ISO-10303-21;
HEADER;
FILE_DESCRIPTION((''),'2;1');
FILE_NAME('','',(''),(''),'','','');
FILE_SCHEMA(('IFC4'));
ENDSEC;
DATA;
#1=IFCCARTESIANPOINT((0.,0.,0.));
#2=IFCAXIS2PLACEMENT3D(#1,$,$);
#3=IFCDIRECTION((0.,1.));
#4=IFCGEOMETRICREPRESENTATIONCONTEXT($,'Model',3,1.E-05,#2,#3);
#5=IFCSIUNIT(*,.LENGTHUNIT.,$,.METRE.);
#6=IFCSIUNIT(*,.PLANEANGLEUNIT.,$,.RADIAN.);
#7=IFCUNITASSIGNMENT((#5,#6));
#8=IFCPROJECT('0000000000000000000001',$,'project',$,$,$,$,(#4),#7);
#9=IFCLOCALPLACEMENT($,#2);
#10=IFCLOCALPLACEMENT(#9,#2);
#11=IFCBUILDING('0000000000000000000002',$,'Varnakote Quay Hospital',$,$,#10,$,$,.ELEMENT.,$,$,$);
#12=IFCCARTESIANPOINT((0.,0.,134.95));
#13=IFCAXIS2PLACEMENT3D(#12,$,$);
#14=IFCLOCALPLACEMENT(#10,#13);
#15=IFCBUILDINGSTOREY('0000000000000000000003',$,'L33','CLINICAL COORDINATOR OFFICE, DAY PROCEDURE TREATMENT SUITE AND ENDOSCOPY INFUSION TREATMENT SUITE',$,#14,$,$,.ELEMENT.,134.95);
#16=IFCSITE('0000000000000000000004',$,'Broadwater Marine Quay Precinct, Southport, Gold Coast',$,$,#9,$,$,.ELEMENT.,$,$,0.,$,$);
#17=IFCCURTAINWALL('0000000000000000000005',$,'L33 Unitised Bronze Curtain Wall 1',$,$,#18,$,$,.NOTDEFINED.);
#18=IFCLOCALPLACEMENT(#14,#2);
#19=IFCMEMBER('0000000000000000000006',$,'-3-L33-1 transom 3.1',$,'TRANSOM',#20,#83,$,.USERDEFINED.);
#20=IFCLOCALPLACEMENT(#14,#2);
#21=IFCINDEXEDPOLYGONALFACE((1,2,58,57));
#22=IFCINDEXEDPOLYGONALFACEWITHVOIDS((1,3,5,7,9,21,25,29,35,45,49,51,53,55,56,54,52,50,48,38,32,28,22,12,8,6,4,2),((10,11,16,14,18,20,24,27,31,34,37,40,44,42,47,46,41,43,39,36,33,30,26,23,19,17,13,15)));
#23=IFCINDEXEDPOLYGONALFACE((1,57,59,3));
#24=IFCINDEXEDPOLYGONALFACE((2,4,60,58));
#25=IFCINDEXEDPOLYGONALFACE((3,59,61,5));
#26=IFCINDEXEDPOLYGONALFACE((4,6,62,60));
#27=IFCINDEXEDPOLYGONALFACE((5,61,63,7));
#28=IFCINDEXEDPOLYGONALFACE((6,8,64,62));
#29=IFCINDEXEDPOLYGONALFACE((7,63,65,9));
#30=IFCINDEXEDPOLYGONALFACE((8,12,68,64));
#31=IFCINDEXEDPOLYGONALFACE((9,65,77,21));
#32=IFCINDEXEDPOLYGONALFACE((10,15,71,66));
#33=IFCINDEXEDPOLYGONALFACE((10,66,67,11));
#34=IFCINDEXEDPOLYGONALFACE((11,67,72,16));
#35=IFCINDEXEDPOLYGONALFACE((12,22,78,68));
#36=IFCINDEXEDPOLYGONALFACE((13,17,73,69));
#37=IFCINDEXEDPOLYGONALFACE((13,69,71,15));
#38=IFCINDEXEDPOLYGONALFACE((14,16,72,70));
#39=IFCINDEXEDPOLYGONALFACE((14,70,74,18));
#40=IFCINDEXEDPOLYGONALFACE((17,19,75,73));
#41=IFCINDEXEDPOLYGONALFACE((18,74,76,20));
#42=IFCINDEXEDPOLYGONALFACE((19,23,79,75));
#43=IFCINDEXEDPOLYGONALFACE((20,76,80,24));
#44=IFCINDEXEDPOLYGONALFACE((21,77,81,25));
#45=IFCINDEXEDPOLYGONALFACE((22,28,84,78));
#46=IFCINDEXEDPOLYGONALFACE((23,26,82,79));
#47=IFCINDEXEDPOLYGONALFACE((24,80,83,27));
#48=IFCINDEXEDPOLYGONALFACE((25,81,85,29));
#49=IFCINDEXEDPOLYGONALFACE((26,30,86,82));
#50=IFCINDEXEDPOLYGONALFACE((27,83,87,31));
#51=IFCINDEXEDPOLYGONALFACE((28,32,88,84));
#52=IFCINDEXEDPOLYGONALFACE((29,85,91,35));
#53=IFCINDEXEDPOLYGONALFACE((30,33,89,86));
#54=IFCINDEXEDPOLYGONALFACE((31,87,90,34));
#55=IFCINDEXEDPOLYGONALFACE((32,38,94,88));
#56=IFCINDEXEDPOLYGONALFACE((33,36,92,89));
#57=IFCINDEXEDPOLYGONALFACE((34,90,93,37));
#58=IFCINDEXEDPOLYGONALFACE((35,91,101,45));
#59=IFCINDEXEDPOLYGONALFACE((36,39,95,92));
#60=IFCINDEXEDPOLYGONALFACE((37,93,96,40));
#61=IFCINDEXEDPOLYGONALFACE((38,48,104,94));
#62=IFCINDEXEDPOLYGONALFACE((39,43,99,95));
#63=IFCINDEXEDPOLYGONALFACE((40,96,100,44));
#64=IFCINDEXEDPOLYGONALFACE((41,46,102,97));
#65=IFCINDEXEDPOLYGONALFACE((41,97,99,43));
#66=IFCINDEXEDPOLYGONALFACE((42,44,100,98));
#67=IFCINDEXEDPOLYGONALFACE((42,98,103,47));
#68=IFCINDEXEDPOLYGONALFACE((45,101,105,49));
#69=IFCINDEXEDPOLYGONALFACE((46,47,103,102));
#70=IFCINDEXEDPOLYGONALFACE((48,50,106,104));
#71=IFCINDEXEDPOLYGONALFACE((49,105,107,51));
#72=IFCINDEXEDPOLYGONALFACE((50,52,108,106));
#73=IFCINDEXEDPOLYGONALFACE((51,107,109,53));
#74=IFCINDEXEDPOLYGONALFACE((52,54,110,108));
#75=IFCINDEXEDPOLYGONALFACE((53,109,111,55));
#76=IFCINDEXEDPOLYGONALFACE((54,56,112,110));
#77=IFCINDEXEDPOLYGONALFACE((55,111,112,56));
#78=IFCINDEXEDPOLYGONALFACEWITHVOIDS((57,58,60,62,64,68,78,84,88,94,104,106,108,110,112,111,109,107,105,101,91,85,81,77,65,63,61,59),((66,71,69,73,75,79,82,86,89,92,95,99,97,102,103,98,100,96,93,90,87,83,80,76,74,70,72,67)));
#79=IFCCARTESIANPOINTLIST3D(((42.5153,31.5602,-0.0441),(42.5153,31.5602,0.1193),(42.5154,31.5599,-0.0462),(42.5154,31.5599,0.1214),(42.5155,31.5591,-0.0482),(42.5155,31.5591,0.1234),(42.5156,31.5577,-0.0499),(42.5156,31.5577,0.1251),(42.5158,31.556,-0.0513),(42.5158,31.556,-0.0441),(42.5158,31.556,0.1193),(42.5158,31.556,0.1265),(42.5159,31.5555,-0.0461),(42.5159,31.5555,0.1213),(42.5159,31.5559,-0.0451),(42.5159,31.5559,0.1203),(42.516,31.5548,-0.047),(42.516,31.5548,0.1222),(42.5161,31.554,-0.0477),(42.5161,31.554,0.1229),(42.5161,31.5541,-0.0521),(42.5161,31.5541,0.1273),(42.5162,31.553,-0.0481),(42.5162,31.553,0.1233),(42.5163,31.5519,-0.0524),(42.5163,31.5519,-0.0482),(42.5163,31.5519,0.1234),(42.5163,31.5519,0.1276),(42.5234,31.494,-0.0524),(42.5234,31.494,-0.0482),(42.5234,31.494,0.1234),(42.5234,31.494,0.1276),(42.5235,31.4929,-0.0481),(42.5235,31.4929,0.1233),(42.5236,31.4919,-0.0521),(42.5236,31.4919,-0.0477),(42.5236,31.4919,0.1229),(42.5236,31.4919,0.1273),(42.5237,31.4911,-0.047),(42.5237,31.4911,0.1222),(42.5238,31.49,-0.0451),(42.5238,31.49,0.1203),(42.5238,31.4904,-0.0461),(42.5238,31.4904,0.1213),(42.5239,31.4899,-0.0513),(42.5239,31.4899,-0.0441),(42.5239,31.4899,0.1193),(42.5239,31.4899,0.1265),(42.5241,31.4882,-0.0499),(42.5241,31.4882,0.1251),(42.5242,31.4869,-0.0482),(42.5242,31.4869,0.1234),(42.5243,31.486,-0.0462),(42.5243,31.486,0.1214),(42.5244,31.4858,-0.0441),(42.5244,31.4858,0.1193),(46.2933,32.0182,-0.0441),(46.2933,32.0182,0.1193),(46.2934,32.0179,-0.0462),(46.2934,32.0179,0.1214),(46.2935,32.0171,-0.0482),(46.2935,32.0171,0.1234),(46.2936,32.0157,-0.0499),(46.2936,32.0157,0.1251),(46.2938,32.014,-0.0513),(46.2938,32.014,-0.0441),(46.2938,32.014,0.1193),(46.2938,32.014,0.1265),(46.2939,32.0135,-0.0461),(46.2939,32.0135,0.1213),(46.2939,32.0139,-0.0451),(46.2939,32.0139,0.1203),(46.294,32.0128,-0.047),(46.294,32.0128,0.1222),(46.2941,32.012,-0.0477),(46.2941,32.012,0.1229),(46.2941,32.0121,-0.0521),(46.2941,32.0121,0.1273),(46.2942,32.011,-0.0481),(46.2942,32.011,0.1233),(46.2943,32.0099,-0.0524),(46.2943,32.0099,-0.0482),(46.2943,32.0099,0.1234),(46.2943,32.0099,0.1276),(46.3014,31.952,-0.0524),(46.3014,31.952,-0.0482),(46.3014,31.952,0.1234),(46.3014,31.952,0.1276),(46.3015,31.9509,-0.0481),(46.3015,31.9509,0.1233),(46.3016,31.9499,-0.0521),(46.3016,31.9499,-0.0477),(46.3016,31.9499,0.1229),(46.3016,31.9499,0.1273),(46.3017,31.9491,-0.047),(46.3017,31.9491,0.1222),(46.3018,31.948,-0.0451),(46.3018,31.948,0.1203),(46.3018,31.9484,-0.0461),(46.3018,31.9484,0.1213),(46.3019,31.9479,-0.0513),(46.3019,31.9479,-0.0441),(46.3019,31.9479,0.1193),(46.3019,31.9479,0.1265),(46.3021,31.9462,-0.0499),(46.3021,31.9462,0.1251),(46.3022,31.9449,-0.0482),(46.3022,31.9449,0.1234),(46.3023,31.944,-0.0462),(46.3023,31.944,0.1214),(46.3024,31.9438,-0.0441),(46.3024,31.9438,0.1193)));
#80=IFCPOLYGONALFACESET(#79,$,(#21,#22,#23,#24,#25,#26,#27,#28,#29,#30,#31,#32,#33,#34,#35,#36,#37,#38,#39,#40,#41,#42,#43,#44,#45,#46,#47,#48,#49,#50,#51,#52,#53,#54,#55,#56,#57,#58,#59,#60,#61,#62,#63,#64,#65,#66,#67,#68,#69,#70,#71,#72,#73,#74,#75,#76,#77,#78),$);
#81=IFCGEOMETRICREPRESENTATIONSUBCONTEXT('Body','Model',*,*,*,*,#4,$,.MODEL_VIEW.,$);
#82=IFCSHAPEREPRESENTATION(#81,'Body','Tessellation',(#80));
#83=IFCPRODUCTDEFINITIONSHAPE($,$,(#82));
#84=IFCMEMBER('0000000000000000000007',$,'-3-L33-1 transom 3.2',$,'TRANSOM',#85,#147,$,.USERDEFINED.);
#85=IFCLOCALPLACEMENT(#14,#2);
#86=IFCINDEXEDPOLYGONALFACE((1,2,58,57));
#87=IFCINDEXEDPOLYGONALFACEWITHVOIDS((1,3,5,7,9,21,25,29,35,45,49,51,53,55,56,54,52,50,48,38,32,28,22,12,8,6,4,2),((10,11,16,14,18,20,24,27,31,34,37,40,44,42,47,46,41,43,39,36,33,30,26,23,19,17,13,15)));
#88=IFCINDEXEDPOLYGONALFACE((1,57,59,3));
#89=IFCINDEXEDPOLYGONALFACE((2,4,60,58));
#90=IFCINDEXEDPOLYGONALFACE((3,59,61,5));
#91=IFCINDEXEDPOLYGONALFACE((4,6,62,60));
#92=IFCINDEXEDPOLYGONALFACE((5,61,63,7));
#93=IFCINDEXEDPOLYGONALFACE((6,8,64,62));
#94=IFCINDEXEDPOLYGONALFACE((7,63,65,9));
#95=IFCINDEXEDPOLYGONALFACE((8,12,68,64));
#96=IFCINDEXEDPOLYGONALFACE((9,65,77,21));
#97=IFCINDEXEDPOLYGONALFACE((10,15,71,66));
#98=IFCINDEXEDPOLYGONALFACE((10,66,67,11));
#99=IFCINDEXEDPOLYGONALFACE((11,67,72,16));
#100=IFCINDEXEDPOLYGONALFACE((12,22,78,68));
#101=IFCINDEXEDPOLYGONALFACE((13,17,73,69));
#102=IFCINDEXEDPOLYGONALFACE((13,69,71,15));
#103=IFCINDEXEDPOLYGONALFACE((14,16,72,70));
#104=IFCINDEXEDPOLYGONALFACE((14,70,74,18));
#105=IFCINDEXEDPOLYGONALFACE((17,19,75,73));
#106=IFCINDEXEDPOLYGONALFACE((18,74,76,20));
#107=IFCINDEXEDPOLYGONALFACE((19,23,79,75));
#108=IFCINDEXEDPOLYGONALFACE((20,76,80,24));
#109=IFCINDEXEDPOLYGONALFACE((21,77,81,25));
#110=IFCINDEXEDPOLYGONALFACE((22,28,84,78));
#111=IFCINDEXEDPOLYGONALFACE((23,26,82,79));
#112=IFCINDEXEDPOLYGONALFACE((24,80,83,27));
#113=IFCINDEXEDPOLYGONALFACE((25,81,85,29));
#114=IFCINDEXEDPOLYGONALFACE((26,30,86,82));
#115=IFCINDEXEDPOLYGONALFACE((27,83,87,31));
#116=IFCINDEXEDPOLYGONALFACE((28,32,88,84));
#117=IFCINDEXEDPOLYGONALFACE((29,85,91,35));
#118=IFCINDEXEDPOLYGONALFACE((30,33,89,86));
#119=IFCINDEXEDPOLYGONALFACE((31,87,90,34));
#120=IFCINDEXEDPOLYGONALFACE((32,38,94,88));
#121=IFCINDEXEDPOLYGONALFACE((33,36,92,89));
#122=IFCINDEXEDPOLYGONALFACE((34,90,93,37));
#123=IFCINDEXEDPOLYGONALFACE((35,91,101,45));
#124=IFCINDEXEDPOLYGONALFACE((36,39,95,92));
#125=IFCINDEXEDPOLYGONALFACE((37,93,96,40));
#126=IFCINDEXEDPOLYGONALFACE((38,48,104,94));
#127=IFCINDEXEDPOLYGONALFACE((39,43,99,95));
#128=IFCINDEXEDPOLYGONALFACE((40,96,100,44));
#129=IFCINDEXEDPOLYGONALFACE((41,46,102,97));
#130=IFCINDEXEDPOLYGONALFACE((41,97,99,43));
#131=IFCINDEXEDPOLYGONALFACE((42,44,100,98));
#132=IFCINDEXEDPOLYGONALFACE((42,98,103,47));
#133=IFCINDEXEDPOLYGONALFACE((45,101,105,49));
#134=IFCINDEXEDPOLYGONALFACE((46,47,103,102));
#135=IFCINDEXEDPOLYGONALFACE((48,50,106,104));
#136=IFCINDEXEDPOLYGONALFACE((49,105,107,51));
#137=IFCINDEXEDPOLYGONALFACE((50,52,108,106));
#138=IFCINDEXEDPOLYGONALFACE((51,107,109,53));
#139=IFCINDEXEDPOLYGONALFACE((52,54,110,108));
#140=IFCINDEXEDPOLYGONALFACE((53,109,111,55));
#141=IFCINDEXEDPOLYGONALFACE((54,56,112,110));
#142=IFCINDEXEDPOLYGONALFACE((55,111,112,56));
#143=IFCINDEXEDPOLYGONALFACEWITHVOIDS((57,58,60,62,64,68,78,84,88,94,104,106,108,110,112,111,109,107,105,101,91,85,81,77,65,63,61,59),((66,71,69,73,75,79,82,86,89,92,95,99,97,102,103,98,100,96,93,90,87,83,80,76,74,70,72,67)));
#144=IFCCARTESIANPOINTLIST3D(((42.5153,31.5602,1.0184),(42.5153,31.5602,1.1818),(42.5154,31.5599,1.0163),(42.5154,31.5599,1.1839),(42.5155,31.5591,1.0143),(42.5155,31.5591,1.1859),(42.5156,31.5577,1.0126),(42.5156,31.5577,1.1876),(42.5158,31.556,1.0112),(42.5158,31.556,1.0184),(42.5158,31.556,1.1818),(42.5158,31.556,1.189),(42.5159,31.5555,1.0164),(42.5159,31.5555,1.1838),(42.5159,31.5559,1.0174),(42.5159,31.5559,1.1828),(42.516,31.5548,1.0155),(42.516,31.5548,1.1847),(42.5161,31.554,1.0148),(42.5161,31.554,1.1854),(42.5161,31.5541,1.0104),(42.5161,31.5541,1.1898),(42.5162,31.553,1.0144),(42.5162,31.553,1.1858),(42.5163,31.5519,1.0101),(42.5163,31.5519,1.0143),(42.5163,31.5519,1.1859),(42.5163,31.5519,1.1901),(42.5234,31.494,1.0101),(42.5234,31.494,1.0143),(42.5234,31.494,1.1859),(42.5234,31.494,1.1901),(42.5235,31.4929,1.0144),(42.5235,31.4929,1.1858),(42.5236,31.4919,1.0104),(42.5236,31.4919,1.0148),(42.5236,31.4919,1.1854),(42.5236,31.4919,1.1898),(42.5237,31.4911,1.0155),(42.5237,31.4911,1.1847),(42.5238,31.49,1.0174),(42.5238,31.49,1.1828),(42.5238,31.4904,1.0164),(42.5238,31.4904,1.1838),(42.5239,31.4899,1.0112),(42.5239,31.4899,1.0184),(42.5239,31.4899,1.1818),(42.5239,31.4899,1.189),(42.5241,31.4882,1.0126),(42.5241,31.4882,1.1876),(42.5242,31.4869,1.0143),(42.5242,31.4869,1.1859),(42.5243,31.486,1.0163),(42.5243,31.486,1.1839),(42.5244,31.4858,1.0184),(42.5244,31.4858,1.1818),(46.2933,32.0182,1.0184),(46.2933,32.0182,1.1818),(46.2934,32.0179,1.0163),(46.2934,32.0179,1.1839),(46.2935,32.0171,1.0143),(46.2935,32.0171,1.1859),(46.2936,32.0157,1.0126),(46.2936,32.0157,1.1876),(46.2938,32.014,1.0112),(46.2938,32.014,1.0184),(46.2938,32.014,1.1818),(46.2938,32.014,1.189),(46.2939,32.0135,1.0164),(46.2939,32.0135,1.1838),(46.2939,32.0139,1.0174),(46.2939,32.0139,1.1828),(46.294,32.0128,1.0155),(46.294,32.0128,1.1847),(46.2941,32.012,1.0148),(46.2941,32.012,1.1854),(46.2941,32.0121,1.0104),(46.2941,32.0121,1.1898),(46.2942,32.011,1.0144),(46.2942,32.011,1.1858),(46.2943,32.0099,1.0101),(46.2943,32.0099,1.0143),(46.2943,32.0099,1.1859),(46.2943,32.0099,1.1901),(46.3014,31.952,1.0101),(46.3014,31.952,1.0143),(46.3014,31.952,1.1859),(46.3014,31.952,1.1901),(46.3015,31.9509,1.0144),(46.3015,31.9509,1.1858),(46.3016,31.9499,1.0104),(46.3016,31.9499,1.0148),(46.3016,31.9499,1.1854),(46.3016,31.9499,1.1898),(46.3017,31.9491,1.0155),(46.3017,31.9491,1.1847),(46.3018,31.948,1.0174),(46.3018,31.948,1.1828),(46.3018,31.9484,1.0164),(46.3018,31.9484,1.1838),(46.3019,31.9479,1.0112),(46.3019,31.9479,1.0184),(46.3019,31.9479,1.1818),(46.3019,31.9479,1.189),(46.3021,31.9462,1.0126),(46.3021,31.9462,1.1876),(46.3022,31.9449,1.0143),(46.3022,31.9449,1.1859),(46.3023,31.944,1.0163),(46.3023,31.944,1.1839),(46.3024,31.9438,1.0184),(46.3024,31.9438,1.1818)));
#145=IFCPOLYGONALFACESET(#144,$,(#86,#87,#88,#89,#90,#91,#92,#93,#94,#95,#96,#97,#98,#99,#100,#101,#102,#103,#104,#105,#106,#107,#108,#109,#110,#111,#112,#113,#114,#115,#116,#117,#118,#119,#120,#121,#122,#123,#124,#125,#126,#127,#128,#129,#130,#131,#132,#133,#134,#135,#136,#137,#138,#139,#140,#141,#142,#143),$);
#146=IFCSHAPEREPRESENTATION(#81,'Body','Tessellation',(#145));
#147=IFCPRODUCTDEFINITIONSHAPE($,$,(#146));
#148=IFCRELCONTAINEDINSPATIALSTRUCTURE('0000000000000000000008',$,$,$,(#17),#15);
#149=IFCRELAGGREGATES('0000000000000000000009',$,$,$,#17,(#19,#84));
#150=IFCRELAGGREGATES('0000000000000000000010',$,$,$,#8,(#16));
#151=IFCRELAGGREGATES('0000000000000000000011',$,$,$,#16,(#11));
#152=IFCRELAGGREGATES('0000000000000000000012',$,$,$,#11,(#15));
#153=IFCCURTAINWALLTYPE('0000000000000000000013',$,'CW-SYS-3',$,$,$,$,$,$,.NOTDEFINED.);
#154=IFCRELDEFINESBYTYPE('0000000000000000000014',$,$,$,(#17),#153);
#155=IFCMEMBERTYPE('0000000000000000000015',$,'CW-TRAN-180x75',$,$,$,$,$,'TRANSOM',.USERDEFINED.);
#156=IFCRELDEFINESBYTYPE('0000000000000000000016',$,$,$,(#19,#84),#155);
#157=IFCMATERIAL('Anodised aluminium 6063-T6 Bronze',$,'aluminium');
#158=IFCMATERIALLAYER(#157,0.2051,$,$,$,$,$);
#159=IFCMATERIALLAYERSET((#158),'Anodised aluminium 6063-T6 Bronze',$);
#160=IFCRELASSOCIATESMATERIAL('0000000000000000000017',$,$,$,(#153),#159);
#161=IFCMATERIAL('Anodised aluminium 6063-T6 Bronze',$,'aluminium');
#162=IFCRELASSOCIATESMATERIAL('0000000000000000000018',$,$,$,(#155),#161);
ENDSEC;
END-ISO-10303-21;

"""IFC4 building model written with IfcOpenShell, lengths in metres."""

from ifc_helpers import new_model, si_unit, direction, frame, origin, origin_2d, place, context, subcontext, project, spatial, hollow_rectangle, extrude, material, layer, layer_set, material_profile, profile_set, type_object, element, aggregate, save


model = new_model("IFC4")

# Units and contexts
model_context = context("Model", 3, precision=1e-05, world=origin(), true_north=direction((0.0, 1.0)))
body_context = subcontext(model_context, "Body", "Model", "MODEL_VIEW")
ifc_project = project(units=[si_unit("LENGTHUNIT", "METRE"), si_unit("PLANEANGLEUNIT", "RADIAN")], contexts=[model_context])

# Site, building, storey
site_placement = place(None, origin())
site = spatial("IfcSite", under=ifc_project, at=site_placement, Name="Broadwater Marine Quay Precinct, Southport, Gold Coast", CompositionType="ELEMENT", RefElevation=0.0)
building_placement = place(site_placement, origin())
building = spatial("IfcBuilding", under=site, at=building_placement, Name="Varnakote Quay Hospital", CompositionType="ELEMENT")
storey_placement = place(building_placement, frame((0.0, 0.0, 134.95)))
storey = spatial("IfcBuildingStorey", under=building, at=storey_placement, Name="L33", Description="CLINICAL COORDINATOR OFFICE, DAY PROCEDURE TREATMENT SUITE AND ENDOSCOPY INFUSION TREATMENT SUITE", CompositionType="ELEMENT", Elevation=134.95)

# Curtain wall, members
ifc_material_1 = material(Name="Anodised aluminium 6063-T6 Bronze", Category="aluminium")
ifc_layer_1 = layer(ifc_material_1, 0.2051)
ifc_layer_set_1 = layer_set([ifc_layer_1], Name="Anodised aluminium 6063-T6 Bronze")
curtain_wall_type = type_object("IfcCurtainWallType", Name="CW-SYS-3", PredefinedType="NOTDEFINED", material=ifc_layer_set_1)
curtain_wall_placement = place(storey_placement, origin())
curtain_wall = element("IfcCurtainWall", 1, at=curtain_wall_placement, inside=storey, type_object=curtain_wall_type, Name="L33 Unitised Bronze Curtain Wall 1", PredefinedType="NOTDEFINED")
ifc_material_2 = material(Name="Anodised aluminium 6063-T6 Bronze", Category="aluminium")
ifc_material_profile_1 = material_profile(ifc_material_2, hollow_rectangle(XDim=0.075, YDim=0.1799, WallThickness=0.0042, InnerFilletRadius=0.0042, OuterFilletRadius=0.0083, at=origin_2d()), Name="CW-TRAN-180x75")
ifc_profile_set_1 = profile_set([ifc_material_profile_1], Name="Anodised aluminium 6063-T6 Bronze")
member_type_1 = type_object("IfcMemberType", Name="CW-TRAN-180x75", ElementType="TRANSOM", PredefinedType="USERDEFINED", material=ifc_profile_set_1)
member_1_placement = place(storey_placement, frame((46.2979, 31.981, 0.0376), z_axis=(-0.992732, -0.120347, 0.0), x_axis=(0.120347, -0.992732, 0.0)))
member_1 = element("IfcMember", 2, at=member_1_placement, type_object=member_type_1, Name="-3-L33-1 transom 3.1", ObjectType="TRANSOM", PredefinedType="USERDEFINED", context=body_context, shape_type="SweptSolid", body=[
    extrude(hollow_rectangle(XDim=0.075, YDim=0.1799, WallThickness=0.0042, InnerFilletRadius=0.0042, OuterFilletRadius=0.0083, at=origin_2d()), origin(), (0.0, 0.0, 1.0), 3.8057),
])
member_2_placement = place(storey_placement, frame((46.2979, 31.981, 1.1001), z_axis=(-0.992732, -0.120347, 0.0), x_axis=(0.120347, -0.992732, 0.0)))
member_2 = element("IfcMember", 3, at=member_2_placement, type_object=member_type_1, Name="-3-L33-1 transom 3.2", ObjectType="TRANSOM", PredefinedType="USERDEFINED", context=body_context, shape_type="SweptSolid", body=[
    extrude(hollow_rectangle(XDim=0.075, YDim=0.1799, WallThickness=0.0042, InnerFilletRadius=0.0042, OuterFilletRadius=0.0083, at=origin_2d()), origin(), (0.0, 0.0, 1.0), 3.8057),
])

aggregate(curtain_wall, [member_1, member_2])

save(model, "model.ifc")
